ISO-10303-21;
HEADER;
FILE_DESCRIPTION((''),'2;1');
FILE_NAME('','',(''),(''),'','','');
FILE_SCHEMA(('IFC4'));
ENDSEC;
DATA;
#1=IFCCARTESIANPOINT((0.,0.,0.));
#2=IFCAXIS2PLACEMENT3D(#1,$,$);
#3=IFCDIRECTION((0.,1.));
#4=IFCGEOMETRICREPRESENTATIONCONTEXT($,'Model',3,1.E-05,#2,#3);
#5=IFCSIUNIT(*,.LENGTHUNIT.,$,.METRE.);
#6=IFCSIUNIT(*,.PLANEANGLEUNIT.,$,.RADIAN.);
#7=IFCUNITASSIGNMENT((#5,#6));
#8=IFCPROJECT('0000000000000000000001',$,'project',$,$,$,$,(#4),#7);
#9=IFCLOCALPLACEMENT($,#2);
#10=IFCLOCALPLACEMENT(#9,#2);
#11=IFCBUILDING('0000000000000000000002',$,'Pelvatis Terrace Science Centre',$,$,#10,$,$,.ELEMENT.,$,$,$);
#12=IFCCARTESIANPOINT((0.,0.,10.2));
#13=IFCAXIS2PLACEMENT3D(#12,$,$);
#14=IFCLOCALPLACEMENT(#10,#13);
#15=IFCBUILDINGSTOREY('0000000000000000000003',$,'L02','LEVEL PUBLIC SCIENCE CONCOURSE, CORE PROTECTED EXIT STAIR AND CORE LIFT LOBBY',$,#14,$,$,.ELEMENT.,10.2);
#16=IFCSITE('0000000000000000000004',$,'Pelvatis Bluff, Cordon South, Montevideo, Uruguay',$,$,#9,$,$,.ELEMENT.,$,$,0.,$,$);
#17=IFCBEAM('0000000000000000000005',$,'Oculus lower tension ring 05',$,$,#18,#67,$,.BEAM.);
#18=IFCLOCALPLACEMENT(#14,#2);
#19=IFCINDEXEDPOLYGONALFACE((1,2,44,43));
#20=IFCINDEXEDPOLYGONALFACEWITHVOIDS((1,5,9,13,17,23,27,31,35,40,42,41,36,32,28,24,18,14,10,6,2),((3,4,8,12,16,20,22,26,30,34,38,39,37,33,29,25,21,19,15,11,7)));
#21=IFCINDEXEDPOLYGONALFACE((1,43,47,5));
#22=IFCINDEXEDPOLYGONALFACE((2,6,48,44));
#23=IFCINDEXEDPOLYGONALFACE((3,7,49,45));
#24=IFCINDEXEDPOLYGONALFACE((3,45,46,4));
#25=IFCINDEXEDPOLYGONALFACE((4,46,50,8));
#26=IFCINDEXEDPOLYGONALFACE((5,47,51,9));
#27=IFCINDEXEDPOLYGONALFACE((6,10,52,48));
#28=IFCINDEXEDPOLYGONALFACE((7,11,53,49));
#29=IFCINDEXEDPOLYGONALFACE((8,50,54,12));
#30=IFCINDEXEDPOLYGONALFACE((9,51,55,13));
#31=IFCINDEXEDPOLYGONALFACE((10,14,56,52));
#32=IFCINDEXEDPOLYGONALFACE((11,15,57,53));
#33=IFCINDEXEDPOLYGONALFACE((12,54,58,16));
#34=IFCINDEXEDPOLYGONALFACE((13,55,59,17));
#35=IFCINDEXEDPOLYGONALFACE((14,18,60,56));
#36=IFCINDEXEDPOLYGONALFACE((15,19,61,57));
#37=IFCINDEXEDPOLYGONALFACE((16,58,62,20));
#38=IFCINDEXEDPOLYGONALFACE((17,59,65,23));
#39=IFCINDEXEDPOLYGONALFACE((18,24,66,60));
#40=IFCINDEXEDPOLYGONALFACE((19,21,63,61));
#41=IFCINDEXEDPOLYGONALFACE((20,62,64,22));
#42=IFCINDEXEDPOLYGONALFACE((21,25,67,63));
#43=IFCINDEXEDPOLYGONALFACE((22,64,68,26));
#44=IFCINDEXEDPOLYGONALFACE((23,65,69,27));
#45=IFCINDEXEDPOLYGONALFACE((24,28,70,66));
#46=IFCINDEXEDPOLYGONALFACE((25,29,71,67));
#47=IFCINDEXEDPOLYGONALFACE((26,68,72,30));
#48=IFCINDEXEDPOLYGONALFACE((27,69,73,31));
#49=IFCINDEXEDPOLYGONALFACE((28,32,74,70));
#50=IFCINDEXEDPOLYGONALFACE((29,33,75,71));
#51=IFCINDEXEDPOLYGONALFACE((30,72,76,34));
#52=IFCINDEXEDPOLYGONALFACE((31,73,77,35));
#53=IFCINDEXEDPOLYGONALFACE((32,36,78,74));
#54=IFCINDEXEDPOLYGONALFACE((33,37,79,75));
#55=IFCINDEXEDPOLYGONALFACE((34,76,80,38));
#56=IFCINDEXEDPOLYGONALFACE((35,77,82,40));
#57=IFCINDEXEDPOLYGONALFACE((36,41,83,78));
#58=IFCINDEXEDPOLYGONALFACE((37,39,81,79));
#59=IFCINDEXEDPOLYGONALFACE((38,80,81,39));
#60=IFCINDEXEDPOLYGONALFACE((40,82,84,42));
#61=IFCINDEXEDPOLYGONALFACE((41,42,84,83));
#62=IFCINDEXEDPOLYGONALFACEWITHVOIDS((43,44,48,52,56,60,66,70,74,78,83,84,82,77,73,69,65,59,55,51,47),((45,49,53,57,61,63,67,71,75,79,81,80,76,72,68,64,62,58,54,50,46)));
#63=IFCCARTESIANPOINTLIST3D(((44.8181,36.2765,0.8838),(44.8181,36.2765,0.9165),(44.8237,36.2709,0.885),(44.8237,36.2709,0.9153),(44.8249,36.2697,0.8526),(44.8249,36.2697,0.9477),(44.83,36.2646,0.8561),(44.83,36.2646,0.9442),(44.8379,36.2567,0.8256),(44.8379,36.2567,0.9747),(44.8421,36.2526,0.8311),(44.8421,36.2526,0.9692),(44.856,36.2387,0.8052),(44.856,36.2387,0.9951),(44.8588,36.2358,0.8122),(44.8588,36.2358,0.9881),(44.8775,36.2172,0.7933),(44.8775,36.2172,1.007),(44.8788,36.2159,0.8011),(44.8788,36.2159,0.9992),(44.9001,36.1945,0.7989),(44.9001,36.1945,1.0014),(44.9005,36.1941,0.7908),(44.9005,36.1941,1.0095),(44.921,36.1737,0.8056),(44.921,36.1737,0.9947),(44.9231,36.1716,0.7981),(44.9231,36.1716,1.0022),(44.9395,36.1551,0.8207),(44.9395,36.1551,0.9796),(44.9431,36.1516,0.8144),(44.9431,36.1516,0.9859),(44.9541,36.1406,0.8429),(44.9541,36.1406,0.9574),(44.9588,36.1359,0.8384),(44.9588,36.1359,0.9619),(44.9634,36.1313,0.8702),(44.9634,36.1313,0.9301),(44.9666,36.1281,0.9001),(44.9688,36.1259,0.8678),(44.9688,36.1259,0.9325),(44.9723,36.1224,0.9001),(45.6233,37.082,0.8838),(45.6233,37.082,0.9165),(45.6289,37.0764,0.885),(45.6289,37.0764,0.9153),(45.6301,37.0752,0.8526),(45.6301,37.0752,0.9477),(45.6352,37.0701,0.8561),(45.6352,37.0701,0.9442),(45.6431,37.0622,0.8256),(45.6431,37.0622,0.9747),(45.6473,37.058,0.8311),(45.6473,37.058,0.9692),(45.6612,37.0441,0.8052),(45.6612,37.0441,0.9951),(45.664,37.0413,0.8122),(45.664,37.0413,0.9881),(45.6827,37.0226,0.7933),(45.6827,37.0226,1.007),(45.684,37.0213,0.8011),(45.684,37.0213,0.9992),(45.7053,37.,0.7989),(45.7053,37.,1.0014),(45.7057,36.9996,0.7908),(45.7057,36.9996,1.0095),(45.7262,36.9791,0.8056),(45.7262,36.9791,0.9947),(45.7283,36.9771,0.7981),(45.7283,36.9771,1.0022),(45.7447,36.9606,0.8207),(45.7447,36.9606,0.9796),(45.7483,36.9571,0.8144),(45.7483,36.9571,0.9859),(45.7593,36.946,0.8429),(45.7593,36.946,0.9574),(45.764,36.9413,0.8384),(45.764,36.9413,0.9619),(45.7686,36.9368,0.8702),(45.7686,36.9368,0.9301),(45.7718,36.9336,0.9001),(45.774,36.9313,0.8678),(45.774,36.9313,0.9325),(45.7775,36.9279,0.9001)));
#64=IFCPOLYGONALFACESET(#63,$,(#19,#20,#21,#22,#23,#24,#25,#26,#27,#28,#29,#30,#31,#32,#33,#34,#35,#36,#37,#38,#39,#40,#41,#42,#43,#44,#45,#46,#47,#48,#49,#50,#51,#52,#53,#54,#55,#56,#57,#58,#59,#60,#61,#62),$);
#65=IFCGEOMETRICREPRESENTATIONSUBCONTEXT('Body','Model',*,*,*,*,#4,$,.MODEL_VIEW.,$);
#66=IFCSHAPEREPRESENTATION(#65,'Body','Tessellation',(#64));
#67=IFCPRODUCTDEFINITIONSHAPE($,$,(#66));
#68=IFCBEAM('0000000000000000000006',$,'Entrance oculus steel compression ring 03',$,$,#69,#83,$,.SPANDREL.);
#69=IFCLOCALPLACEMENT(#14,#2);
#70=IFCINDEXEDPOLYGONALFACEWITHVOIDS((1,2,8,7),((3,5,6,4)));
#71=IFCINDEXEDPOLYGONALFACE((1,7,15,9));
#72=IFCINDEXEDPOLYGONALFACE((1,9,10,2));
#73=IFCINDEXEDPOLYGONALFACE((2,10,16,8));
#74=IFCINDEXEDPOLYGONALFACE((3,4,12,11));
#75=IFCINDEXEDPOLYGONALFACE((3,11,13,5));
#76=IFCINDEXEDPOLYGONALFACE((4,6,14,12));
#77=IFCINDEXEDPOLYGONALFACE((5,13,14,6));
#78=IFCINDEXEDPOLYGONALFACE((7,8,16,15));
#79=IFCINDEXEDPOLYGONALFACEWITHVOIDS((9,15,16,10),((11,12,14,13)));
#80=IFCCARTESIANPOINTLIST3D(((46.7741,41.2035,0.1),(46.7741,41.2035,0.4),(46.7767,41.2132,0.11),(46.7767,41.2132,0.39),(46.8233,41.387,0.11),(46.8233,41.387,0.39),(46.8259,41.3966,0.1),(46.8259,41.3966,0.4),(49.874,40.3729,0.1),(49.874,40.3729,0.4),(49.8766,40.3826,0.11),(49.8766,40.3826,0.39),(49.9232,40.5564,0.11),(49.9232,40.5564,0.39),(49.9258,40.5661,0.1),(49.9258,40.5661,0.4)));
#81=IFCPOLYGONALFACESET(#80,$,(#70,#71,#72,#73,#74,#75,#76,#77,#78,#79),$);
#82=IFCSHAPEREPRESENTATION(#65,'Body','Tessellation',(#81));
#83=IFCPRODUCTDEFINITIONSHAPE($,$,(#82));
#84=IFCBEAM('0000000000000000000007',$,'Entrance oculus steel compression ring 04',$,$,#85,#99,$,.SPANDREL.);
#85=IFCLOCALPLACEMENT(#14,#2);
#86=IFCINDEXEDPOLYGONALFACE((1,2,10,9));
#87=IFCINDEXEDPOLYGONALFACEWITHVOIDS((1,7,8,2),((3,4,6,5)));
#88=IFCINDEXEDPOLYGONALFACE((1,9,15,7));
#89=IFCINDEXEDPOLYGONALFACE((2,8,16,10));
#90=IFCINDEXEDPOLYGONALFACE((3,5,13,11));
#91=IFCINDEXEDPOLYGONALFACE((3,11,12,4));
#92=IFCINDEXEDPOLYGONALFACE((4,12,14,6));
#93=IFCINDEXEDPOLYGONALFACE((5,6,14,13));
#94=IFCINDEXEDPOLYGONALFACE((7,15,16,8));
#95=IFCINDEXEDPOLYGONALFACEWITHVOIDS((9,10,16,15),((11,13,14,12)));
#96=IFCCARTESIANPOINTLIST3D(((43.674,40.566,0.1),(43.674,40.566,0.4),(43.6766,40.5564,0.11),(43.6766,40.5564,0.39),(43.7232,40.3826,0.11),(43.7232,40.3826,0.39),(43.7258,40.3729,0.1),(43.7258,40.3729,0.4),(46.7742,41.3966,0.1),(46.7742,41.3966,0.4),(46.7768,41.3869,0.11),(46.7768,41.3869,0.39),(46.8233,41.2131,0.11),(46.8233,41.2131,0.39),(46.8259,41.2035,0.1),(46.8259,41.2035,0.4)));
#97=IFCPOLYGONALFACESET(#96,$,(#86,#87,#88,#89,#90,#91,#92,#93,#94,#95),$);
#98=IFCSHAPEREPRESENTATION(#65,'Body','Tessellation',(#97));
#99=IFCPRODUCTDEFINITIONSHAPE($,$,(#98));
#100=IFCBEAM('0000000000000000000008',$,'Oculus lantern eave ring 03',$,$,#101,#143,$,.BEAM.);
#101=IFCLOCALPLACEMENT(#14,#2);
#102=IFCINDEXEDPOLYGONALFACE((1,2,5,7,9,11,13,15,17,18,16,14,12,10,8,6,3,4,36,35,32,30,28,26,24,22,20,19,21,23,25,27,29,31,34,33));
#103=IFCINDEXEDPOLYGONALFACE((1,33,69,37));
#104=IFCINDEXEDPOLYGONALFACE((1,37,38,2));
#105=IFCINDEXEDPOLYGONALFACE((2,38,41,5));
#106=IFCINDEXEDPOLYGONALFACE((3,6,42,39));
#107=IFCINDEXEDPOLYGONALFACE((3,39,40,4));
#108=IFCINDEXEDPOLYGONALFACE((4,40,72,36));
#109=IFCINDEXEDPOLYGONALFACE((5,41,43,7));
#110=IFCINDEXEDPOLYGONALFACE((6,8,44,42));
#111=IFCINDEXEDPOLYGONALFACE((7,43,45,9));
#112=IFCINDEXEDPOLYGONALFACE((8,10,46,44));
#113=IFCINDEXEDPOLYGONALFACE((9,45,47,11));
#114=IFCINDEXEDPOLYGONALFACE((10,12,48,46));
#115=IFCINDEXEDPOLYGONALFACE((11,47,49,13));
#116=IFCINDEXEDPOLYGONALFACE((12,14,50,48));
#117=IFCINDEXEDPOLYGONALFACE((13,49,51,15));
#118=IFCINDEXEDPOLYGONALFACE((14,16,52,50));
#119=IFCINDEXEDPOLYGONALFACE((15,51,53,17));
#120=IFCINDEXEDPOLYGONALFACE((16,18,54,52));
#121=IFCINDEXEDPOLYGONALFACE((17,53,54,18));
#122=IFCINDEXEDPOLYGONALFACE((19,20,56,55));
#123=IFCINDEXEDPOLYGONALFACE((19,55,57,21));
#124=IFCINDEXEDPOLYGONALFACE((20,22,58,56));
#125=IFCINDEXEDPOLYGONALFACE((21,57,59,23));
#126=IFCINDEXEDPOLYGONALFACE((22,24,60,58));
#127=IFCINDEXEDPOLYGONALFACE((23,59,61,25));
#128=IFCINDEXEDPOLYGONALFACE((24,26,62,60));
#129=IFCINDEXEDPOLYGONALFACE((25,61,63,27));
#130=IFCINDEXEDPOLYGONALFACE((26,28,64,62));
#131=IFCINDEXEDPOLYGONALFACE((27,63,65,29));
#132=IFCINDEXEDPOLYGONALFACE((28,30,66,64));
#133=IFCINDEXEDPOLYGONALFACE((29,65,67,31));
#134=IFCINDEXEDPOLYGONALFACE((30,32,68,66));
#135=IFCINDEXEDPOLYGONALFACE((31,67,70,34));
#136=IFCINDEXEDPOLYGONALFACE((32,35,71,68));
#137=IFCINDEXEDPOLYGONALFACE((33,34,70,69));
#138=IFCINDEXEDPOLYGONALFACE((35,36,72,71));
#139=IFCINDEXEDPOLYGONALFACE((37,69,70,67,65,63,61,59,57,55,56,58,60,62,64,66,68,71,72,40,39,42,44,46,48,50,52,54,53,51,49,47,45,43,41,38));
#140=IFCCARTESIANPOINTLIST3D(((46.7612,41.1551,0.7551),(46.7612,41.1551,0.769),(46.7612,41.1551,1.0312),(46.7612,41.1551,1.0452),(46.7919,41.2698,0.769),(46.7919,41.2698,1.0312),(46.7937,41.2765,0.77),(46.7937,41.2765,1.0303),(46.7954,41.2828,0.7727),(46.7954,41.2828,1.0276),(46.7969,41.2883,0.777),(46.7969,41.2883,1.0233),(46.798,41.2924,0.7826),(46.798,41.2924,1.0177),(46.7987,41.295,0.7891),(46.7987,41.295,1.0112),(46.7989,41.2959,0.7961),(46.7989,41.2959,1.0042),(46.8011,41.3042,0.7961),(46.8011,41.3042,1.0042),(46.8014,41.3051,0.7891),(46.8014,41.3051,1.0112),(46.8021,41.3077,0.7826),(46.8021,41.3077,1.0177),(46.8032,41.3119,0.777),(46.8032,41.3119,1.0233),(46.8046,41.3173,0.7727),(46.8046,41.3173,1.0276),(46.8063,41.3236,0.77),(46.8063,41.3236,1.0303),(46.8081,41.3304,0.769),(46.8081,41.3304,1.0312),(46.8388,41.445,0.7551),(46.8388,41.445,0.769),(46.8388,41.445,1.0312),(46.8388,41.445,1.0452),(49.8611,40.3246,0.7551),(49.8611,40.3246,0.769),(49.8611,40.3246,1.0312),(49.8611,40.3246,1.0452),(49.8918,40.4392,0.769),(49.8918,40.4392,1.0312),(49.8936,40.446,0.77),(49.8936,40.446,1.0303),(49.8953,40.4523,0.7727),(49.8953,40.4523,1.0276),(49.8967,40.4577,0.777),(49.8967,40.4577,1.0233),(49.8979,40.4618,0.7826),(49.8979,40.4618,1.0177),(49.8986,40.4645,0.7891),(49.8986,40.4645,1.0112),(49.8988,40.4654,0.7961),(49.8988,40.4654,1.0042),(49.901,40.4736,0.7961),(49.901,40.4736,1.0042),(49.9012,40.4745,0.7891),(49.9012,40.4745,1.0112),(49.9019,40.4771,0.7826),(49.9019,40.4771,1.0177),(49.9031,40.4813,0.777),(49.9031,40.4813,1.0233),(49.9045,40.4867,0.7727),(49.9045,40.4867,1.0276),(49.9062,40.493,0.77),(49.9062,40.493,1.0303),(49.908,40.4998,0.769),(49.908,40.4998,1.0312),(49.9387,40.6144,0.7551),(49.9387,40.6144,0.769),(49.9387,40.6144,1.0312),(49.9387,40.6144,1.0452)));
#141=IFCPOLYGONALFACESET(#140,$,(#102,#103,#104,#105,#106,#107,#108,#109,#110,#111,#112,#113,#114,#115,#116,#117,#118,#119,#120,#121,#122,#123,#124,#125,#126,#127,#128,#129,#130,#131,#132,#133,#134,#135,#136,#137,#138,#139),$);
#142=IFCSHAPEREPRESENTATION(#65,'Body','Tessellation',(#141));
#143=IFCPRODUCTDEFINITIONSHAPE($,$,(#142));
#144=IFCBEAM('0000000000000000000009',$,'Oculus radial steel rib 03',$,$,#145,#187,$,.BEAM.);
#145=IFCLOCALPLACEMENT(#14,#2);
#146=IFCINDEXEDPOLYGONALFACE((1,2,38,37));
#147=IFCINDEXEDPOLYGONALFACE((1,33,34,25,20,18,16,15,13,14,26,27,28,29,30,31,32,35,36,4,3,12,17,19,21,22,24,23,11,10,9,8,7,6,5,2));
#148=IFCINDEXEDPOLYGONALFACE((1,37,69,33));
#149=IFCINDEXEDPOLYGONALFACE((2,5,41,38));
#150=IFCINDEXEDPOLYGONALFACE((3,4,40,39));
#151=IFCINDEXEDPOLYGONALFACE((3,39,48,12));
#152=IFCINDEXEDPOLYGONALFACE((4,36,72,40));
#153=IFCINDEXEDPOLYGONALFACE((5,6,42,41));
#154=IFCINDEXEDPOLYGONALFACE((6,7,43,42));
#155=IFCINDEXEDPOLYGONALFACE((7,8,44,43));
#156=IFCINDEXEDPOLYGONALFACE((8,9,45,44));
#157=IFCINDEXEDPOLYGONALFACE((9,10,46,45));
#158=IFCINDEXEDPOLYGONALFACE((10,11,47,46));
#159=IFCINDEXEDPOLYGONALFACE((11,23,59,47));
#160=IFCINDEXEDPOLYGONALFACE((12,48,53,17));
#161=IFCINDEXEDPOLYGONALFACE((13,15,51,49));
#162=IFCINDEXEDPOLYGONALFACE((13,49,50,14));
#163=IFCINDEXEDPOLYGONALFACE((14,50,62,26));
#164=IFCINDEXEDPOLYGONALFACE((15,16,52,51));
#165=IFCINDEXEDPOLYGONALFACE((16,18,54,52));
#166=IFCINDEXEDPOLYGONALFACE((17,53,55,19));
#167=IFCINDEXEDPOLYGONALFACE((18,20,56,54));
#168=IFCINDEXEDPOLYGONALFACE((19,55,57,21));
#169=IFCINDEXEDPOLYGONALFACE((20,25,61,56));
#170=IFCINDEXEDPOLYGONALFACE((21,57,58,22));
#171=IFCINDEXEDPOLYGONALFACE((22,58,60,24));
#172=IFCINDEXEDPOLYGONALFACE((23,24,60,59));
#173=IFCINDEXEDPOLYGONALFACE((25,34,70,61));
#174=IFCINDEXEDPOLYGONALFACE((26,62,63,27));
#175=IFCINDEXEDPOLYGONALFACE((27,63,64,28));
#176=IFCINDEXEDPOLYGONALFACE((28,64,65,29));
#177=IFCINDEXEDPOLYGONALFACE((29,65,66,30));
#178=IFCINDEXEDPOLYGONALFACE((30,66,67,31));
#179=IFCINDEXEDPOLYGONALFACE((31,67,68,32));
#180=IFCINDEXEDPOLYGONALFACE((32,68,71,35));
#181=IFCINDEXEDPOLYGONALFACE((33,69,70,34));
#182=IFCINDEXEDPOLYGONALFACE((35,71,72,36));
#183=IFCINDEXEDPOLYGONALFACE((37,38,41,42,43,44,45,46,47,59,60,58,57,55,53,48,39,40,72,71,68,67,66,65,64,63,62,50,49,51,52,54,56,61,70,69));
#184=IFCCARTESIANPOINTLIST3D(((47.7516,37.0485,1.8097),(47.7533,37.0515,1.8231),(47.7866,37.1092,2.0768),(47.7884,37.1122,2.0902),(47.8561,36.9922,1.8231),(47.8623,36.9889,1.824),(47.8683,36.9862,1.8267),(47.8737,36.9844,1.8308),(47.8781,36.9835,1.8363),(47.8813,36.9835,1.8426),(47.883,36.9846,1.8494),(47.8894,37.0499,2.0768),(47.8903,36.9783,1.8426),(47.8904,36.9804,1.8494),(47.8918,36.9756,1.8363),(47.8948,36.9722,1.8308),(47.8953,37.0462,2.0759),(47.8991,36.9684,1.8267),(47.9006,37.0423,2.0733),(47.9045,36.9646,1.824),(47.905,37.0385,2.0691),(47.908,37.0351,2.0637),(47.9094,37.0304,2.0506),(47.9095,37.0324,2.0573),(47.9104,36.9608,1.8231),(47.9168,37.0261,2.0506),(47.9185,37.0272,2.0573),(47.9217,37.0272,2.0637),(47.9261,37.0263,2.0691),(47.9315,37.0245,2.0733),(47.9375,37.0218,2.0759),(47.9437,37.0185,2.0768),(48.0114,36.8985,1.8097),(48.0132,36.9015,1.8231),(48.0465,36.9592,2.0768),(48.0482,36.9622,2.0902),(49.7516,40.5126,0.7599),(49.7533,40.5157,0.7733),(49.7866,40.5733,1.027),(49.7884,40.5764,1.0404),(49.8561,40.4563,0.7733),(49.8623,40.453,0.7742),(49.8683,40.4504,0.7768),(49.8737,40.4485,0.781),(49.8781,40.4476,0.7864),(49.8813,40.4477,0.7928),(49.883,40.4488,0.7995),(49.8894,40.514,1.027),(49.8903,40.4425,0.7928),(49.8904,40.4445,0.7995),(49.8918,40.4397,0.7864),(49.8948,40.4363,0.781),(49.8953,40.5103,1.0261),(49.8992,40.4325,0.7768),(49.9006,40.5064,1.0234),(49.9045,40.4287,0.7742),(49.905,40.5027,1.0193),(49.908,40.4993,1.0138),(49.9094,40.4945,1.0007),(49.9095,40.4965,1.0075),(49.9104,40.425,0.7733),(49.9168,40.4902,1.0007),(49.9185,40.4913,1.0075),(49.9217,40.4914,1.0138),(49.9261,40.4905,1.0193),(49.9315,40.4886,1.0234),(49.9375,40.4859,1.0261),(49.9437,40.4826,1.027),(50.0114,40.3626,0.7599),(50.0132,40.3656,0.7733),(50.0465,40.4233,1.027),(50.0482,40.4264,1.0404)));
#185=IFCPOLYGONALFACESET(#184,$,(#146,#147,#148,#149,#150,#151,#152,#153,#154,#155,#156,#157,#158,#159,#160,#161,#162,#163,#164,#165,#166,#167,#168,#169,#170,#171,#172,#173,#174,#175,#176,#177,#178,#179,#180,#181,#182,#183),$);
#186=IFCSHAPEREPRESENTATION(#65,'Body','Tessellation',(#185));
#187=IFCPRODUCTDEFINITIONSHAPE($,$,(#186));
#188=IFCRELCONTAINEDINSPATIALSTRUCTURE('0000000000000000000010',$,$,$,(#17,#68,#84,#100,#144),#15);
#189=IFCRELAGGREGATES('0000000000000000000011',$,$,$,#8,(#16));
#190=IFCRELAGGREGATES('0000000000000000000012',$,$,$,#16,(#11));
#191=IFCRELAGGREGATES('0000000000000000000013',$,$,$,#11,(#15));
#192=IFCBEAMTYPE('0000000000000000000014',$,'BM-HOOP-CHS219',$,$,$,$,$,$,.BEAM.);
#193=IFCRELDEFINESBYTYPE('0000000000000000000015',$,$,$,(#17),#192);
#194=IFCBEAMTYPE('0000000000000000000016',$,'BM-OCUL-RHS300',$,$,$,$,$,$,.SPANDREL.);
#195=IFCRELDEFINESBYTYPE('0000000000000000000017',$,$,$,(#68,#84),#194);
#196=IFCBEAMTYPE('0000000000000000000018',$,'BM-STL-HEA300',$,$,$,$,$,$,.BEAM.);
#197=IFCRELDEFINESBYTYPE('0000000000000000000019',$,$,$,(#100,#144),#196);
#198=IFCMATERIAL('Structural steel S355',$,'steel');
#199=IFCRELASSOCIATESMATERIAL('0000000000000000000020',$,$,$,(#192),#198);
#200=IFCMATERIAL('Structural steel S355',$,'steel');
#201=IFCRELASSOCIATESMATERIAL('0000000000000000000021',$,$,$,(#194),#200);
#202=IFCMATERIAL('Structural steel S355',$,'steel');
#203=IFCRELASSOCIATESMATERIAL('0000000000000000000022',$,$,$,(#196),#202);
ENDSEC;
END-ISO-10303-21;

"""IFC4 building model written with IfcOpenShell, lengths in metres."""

from ifc_helpers import new_model, si_unit, direction, frame, origin, origin_2d, place, context, subcontext, project, spatial, hollow_rectangle, hollow_circle, i_section, extrude, material, material_profile, profile_set, type_object, element, save


model = new_model("IFC4")

# Units and contexts
model_context = context("Model", 3, precision=1e-05, world=origin(), true_north=direction((0.0, 1.0)))
body_context = subcontext(model_context, "Body", "Model", "MODEL_VIEW")
ifc_project = project(units=[si_unit("LENGTHUNIT", "METRE"), si_unit("PLANEANGLEUNIT", "RADIAN")], contexts=[model_context])

# Site, building, storey
site_placement = place(None, origin())
site = spatial("IfcSite", under=ifc_project, at=site_placement, Name="Pelvatis Bluff, Cordon South, Montevideo, Uruguay", CompositionType="ELEMENT", RefElevation=0.0)
building_placement = place(site_placement, origin())
building = spatial("IfcBuilding", under=site, at=building_placement, Name="Pelvatis Terrace Science Centre", CompositionType="ELEMENT")
storey_placement = place(building_placement, frame((0.0, 0.0, 10.2)))
storey = spatial("IfcBuildingStorey", under=building, at=storey_placement, Name="L02", Description="LEVEL PUBLIC SCIENCE CONCOURSE, CORE PROTECTED EXIT STAIR AND CORE LIFT LOBBY", CompositionType="ELEMENT", Elevation=10.2)

# Beams
ifc_material_1 = material(Name="Structural steel S355", Category="steel")
ifc_material_profile_1 = material_profile(ifc_material_1, hollow_circle(Radius=0.1096, WallThickness=0.0081, at=origin_2d()), Name="CHS 219.1x8.0")
ifc_profile_set_1 = profile_set([ifc_material_profile_1], Name="Structural steel S355")
beam_type_1 = type_object("IfcBeamType", Name="BM-HOOP-CHS219", PredefinedType="BEAM", material=ifc_profile_set_1)
for number, where, z_axis, x_axis, name in (
    (1, (45.7, 37.0054, 0.9001), (-0.707, -0.707214, 0.0), (0.707214, -0.707, 0.0), "Oculus lower tension ring 05"),
):
    element("IfcBeam", number, at=place(storey_placement, frame(where, z_axis=z_axis, x_axis=x_axis)), inside=storey, type_object=beam_type_1, Name=name, PredefinedType="BEAM", context=body_context, shape_type="SweptSolid", body=[
        extrude(hollow_circle(Radius=0.1096, WallThickness=0.0081, at=origin_2d()), origin(), (0.0, 0.0, 1.0), 1.1389),
    ])
ifc_material_2 = material(Name="Structural steel S355", Category="steel")
ifc_material_profile_2 = material_profile(ifc_material_2, hollow_rectangle(XDim=0.2, YDim=0.3, WallThickness=0.01, at=origin_2d()), Name="RHS 300x200x10.0")
ifc_profile_set_2 = profile_set([ifc_material_profile_2], Name="Structural steel S355")
beam_type_2 = type_object("IfcBeamType", Name="BM-OCUL-RHS300", PredefinedType="SPANDREL", material=ifc_profile_set_2)
beam_1_placement = place(storey_placement, frame((49.8999, 40.4695, 0.25), z_axis=(-0.965929, 0.258808, 0.0), x_axis=(-0.258808, -0.965929, 0.0)))
element("IfcBeam", 2, at=beam_1_placement, inside=storey, type_object=beam_type_2, Name="Entrance oculus steel compression ring 03", PredefinedType="SPANDREL", context=body_context, shape_type="SweptSolid", body=[
    extrude(hollow_rectangle(XDim=0.2, YDim=0.3, WallThickness=0.01, at=origin_2d()), origin(), (0.0, 0.0, 1.0), 3.2092),
])
beam_2_placement = place(storey_placement, frame((46.8, 41.3, 0.25), z_axis=(-0.965934, -0.258789, 0.0), x_axis=(0.258789, -0.965934, 0.0)))
element("IfcBeam", 3, at=beam_2_placement, inside=storey, type_object=beam_type_2, Name="Entrance oculus steel compression ring 04", PredefinedType="SPANDREL", context=body_context, shape_type="SweptSolid", body=[
    extrude(hollow_rectangle(XDim=0.2, YDim=0.3, WallThickness=0.01, at=origin_2d()), origin(), (0.0, 0.0, 1.0), 3.2095),
])
ifc_material_3 = material(Name="Structural steel S355", Category="steel")
ifc_material_profile_3 = material_profile(ifc_material_3, i_section(OverallWidth=0.3, OverallDepth=0.29, WebThickness=0.0085, FlangeThickness=0.0139, FilletRadius=0.0271, at=origin_2d()), Name="HEA 300")
ifc_profile_set_3 = profile_set([ifc_material_profile_3], Name="Structural steel S355")
beam_type_3 = type_object("IfcBeamType", Name="BM-STL-HEA300", PredefinedType="BEAM", material=ifc_profile_set_3)
beam_3_placement = place(storey_placement, frame((49.8999, 40.4695, 0.9001), z_axis=(-0.965929, 0.258808, 0.0), x_axis=(-0.258808, -0.965929, 0.0)))
element("IfcBeam", 4, at=beam_3_placement, inside=storey, type_object=beam_type_3, Name="Oculus lantern eave ring 03", PredefinedType="BEAM", context=body_context, shape_type="SweptSolid", body=[
    extrude(i_section(OverallWidth=0.3, OverallDepth=0.29, WebThickness=0.0085, FlangeThickness=0.0139, FilletRadius=0.0271, at=origin_2d()), origin(), (0.0, 0.0, 1.0), 3.2092),
])
beam_4_placement = place(storey_placement, frame((49.8999, 40.4695, 0.9001), z_axis=(-0.48362, -0.837657, 0.253853), x_axis=(0.866026, -0.499999, 0.0)))
element("IfcBeam", 5, at=beam_4_placement, inside=storey, type_object=beam_type_3, Name="Oculus radial steel rib 03", PredefinedType="BEAM", context=body_context, shape_type="SweptSolid", body=[
    extrude(i_section(OverallWidth=0.3, OverallDepth=0.29, WebThickness=0.0085, FlangeThickness=0.0139, FilletRadius=0.0271, at=origin_2d()), origin(), (0.0, 0.0, 1.0), 4.1355),
])

save(model, "model.ifc")
